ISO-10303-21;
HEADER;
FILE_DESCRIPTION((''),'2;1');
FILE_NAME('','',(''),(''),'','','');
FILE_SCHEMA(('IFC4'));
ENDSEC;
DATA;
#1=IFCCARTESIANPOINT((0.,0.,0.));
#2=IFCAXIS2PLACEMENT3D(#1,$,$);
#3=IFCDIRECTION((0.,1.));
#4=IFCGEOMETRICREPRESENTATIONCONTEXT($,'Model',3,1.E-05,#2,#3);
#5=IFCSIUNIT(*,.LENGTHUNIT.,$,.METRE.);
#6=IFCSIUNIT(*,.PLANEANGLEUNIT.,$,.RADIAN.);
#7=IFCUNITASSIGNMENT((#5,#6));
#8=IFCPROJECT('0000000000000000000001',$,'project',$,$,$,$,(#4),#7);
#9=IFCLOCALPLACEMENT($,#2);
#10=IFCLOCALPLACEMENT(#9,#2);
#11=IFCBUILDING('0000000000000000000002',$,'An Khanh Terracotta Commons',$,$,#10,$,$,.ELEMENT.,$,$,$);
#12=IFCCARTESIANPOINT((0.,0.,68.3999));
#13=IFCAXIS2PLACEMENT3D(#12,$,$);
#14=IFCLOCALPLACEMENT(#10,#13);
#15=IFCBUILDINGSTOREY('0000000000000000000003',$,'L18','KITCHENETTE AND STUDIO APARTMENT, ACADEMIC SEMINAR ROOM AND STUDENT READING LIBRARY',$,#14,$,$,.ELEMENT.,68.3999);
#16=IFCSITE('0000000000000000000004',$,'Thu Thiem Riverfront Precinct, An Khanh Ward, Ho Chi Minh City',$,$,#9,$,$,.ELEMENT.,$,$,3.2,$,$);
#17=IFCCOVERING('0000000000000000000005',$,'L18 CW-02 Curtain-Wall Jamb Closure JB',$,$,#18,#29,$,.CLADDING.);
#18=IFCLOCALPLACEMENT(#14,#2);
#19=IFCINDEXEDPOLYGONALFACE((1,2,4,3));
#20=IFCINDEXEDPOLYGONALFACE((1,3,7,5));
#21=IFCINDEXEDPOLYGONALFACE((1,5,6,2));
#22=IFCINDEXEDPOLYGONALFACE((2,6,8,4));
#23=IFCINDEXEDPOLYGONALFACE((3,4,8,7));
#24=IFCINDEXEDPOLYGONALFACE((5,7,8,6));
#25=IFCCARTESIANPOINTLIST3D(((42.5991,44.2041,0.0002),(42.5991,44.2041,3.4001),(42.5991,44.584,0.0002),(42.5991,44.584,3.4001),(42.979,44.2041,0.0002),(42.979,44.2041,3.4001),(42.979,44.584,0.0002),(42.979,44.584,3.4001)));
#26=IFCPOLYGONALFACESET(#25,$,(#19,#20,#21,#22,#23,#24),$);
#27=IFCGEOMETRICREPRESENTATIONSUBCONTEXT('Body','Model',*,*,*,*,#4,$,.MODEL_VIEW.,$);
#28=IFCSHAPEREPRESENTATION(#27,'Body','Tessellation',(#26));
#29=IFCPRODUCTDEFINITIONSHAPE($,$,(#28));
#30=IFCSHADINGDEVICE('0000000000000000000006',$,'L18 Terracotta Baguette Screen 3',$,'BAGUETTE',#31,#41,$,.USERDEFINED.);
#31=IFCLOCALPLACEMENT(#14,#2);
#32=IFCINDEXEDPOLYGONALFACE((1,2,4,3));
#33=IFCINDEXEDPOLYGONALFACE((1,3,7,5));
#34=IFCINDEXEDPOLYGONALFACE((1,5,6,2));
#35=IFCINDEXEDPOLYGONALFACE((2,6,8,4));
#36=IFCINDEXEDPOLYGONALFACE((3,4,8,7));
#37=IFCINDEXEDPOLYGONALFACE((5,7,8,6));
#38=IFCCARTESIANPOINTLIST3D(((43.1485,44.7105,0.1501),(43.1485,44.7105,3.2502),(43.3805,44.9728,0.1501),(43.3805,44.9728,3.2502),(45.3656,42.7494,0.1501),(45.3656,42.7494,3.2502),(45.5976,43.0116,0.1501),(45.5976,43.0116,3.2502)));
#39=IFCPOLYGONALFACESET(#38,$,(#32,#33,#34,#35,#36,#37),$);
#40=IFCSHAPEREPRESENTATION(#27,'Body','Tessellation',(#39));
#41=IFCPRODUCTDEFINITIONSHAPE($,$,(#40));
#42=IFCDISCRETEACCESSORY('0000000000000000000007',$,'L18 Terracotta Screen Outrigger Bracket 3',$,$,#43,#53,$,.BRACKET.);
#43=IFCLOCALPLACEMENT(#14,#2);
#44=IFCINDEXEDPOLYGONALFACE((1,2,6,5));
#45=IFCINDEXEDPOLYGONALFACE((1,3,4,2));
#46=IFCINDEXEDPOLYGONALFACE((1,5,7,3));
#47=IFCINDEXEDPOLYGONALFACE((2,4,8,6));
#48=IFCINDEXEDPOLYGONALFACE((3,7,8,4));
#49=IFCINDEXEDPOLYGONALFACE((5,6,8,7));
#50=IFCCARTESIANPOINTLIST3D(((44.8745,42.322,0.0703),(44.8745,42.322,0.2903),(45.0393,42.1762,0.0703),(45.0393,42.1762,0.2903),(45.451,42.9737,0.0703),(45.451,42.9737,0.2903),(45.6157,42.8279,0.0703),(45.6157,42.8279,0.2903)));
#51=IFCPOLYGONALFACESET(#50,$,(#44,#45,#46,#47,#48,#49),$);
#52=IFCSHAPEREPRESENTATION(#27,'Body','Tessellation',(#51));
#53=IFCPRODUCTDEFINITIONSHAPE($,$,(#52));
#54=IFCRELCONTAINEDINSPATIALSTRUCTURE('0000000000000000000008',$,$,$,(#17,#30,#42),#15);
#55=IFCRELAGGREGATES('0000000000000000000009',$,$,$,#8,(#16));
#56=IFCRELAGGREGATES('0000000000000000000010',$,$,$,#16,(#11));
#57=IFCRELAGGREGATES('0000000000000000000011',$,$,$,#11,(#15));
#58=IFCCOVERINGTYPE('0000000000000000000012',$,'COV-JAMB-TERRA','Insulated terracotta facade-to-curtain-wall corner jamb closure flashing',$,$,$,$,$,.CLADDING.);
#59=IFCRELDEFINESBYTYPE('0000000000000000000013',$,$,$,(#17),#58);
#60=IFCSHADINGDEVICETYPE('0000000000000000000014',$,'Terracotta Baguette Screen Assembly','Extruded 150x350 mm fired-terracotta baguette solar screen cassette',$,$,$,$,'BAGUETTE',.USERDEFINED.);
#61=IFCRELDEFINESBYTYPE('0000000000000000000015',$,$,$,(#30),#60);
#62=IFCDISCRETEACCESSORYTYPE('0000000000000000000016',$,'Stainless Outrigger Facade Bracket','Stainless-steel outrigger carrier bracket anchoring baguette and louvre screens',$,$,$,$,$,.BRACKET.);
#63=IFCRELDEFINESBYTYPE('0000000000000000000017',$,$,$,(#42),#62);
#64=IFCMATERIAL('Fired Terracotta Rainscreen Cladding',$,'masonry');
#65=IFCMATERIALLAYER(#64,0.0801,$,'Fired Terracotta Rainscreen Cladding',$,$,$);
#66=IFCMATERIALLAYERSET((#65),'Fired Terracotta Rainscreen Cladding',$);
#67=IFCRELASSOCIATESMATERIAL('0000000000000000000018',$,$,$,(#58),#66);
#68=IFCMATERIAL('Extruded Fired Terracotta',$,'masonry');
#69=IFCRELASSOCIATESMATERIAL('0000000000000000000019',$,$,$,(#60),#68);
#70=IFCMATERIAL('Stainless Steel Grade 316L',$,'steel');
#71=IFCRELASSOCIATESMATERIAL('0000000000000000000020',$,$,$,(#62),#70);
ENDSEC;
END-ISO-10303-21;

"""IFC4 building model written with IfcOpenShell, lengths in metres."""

from ifc_helpers import new_model, si_unit, direction, frame, origin, origin_2d, place, context, subcontext, project, spatial, rectangle, extrude, material, layer, layer_set, type_object, element, save


model = new_model("IFC4")

# Units and contexts
model_context = context("Model", 3, precision=1e-05, world=origin(), true_north=direction((0.0, 1.0)))
body_context = subcontext(model_context, "Body", "Model", "MODEL_VIEW")
ifc_project = project(units=[si_unit("LENGTHUNIT", "METRE"), si_unit("PLANEANGLEUNIT", "RADIAN")], contexts=[model_context])

# Site, building, storey
site_placement = place(None, origin())
site = spatial("IfcSite", under=ifc_project, at=site_placement, Name="Thu Thiem Riverfront Precinct, An Khanh Ward, Ho Chi Minh City", CompositionType="ELEMENT", RefElevation=3.2)
building_placement = place(site_placement, origin())
building = spatial("IfcBuilding", under=site, at=building_placement, Name="An Khanh Terracotta Commons", CompositionType="ELEMENT")
storey_placement = place(building_placement, frame((0.0, 0.0, 68.3999)))
storey = spatial("IfcBuildingStorey", under=building, at=storey_placement, Name="L18", Description="KITCHENETTE AND STUDIO APARTMENT, ACADEMIC SEMINAR ROOM AND STUDENT READING LIBRARY", CompositionType="ELEMENT", Elevation=68.3999)

# Covering
ifc_material_1 = material(Name="Fired Terracotta Rainscreen Cladding", Category="masonry")
ifc_layer_1 = layer(ifc_material_1, 0.0801, Name="Fired Terracotta Rainscreen Cladding")
ifc_layer_set_1 = layer_set([ifc_layer_1], Name="Fired Terracotta Rainscreen Cladding")
covering_type = type_object("IfcCoveringType", Name="COV-JAMB-TERRA", Description="Insulated terracotta facade-to-curtain-wall corner jamb closure flashing", PredefinedType="CLADDING", material=ifc_layer_set_1)
covering_placement = place(storey_placement, frame((42.7891, 44.394, 0.0002), z_axis=(0.0, 0.0, 1.0), x_axis=(1.0, 0.0, 0.0)))
element("IfcCovering", 1, at=covering_placement, inside=storey, type_object=covering_type, Name="L18 CW-02 Curtain-Wall Jamb Closure JB", PredefinedType="CLADDING", context=body_context, shape_type="SweptSolid", body=[
    extrude(rectangle(XDim=0.3799, YDim=0.3799, at=origin_2d()), origin(), (0.0, 0.0, 1.0), 3.3999),
])

# Shading device
ifc_material_2 = material(Name="Extruded Fired Terracotta", Category="masonry")
shading_device_type = type_object("IfcShadingDeviceType", Name="Terracotta Baguette Screen Assembly", Description="Extruded 150x350 mm fired-terracotta baguette solar screen cassette", ElementType="BAGUETTE", PredefinedType="USERDEFINED", material=ifc_material_2)
shading_device_placement = place(storey_placement, frame((44.373, 43.8611, 0.1501), z_axis=(0.0, 0.0, 1.0), x_axis=(-0.749019, 0.662548, 0.0)))
element("IfcShadingDevice", 2, at=shading_device_placement, inside=storey, type_object=shading_device_type, Name="L18 Terracotta Baguette Screen 3", ObjectType="BAGUETTE", PredefinedType="USERDEFINED", context=body_context, shape_type="SweptSolid", body=[
    extrude(rectangle(XDim=2.96, YDim=0.3501, at=origin_2d()), origin(), (0.0, 0.0, 1.0), 3.1001),
])

# Discrete accessory
ifc_material_3 = material(Name="Stainless Steel Grade 316L", Category="steel")
discrete_accessory_type = type_object("IfcDiscreteAccessoryType", Name="Stainless Outrigger Facade Bracket", Description="Stainless-steel outrigger carrier bracket anchoring baguette and louvre screens", PredefinedType="BRACKET", material=ifc_material_3)
discrete_accessory_placement = place(storey_placement, frame((45.2451, 42.575, 0.0703), z_axis=(0.0, 0.0, 1.0), x_axis=(-0.749019, 0.662548, 0.0)))
element("IfcDiscreteAccessory", 3, at=discrete_accessory_placement, inside=storey, type_object=discrete_accessory_type, Name="L18 Terracotta Screen Outrigger Bracket 3", PredefinedType="BRACKET", context=body_context, shape_type="SweptSolid", body=[
    extrude(rectangle(XDim=0.22, YDim=0.8701, at=origin_2d()), origin(), (0.0, 0.0, 1.0), 0.22),
])

save(model, "model.ifc")
